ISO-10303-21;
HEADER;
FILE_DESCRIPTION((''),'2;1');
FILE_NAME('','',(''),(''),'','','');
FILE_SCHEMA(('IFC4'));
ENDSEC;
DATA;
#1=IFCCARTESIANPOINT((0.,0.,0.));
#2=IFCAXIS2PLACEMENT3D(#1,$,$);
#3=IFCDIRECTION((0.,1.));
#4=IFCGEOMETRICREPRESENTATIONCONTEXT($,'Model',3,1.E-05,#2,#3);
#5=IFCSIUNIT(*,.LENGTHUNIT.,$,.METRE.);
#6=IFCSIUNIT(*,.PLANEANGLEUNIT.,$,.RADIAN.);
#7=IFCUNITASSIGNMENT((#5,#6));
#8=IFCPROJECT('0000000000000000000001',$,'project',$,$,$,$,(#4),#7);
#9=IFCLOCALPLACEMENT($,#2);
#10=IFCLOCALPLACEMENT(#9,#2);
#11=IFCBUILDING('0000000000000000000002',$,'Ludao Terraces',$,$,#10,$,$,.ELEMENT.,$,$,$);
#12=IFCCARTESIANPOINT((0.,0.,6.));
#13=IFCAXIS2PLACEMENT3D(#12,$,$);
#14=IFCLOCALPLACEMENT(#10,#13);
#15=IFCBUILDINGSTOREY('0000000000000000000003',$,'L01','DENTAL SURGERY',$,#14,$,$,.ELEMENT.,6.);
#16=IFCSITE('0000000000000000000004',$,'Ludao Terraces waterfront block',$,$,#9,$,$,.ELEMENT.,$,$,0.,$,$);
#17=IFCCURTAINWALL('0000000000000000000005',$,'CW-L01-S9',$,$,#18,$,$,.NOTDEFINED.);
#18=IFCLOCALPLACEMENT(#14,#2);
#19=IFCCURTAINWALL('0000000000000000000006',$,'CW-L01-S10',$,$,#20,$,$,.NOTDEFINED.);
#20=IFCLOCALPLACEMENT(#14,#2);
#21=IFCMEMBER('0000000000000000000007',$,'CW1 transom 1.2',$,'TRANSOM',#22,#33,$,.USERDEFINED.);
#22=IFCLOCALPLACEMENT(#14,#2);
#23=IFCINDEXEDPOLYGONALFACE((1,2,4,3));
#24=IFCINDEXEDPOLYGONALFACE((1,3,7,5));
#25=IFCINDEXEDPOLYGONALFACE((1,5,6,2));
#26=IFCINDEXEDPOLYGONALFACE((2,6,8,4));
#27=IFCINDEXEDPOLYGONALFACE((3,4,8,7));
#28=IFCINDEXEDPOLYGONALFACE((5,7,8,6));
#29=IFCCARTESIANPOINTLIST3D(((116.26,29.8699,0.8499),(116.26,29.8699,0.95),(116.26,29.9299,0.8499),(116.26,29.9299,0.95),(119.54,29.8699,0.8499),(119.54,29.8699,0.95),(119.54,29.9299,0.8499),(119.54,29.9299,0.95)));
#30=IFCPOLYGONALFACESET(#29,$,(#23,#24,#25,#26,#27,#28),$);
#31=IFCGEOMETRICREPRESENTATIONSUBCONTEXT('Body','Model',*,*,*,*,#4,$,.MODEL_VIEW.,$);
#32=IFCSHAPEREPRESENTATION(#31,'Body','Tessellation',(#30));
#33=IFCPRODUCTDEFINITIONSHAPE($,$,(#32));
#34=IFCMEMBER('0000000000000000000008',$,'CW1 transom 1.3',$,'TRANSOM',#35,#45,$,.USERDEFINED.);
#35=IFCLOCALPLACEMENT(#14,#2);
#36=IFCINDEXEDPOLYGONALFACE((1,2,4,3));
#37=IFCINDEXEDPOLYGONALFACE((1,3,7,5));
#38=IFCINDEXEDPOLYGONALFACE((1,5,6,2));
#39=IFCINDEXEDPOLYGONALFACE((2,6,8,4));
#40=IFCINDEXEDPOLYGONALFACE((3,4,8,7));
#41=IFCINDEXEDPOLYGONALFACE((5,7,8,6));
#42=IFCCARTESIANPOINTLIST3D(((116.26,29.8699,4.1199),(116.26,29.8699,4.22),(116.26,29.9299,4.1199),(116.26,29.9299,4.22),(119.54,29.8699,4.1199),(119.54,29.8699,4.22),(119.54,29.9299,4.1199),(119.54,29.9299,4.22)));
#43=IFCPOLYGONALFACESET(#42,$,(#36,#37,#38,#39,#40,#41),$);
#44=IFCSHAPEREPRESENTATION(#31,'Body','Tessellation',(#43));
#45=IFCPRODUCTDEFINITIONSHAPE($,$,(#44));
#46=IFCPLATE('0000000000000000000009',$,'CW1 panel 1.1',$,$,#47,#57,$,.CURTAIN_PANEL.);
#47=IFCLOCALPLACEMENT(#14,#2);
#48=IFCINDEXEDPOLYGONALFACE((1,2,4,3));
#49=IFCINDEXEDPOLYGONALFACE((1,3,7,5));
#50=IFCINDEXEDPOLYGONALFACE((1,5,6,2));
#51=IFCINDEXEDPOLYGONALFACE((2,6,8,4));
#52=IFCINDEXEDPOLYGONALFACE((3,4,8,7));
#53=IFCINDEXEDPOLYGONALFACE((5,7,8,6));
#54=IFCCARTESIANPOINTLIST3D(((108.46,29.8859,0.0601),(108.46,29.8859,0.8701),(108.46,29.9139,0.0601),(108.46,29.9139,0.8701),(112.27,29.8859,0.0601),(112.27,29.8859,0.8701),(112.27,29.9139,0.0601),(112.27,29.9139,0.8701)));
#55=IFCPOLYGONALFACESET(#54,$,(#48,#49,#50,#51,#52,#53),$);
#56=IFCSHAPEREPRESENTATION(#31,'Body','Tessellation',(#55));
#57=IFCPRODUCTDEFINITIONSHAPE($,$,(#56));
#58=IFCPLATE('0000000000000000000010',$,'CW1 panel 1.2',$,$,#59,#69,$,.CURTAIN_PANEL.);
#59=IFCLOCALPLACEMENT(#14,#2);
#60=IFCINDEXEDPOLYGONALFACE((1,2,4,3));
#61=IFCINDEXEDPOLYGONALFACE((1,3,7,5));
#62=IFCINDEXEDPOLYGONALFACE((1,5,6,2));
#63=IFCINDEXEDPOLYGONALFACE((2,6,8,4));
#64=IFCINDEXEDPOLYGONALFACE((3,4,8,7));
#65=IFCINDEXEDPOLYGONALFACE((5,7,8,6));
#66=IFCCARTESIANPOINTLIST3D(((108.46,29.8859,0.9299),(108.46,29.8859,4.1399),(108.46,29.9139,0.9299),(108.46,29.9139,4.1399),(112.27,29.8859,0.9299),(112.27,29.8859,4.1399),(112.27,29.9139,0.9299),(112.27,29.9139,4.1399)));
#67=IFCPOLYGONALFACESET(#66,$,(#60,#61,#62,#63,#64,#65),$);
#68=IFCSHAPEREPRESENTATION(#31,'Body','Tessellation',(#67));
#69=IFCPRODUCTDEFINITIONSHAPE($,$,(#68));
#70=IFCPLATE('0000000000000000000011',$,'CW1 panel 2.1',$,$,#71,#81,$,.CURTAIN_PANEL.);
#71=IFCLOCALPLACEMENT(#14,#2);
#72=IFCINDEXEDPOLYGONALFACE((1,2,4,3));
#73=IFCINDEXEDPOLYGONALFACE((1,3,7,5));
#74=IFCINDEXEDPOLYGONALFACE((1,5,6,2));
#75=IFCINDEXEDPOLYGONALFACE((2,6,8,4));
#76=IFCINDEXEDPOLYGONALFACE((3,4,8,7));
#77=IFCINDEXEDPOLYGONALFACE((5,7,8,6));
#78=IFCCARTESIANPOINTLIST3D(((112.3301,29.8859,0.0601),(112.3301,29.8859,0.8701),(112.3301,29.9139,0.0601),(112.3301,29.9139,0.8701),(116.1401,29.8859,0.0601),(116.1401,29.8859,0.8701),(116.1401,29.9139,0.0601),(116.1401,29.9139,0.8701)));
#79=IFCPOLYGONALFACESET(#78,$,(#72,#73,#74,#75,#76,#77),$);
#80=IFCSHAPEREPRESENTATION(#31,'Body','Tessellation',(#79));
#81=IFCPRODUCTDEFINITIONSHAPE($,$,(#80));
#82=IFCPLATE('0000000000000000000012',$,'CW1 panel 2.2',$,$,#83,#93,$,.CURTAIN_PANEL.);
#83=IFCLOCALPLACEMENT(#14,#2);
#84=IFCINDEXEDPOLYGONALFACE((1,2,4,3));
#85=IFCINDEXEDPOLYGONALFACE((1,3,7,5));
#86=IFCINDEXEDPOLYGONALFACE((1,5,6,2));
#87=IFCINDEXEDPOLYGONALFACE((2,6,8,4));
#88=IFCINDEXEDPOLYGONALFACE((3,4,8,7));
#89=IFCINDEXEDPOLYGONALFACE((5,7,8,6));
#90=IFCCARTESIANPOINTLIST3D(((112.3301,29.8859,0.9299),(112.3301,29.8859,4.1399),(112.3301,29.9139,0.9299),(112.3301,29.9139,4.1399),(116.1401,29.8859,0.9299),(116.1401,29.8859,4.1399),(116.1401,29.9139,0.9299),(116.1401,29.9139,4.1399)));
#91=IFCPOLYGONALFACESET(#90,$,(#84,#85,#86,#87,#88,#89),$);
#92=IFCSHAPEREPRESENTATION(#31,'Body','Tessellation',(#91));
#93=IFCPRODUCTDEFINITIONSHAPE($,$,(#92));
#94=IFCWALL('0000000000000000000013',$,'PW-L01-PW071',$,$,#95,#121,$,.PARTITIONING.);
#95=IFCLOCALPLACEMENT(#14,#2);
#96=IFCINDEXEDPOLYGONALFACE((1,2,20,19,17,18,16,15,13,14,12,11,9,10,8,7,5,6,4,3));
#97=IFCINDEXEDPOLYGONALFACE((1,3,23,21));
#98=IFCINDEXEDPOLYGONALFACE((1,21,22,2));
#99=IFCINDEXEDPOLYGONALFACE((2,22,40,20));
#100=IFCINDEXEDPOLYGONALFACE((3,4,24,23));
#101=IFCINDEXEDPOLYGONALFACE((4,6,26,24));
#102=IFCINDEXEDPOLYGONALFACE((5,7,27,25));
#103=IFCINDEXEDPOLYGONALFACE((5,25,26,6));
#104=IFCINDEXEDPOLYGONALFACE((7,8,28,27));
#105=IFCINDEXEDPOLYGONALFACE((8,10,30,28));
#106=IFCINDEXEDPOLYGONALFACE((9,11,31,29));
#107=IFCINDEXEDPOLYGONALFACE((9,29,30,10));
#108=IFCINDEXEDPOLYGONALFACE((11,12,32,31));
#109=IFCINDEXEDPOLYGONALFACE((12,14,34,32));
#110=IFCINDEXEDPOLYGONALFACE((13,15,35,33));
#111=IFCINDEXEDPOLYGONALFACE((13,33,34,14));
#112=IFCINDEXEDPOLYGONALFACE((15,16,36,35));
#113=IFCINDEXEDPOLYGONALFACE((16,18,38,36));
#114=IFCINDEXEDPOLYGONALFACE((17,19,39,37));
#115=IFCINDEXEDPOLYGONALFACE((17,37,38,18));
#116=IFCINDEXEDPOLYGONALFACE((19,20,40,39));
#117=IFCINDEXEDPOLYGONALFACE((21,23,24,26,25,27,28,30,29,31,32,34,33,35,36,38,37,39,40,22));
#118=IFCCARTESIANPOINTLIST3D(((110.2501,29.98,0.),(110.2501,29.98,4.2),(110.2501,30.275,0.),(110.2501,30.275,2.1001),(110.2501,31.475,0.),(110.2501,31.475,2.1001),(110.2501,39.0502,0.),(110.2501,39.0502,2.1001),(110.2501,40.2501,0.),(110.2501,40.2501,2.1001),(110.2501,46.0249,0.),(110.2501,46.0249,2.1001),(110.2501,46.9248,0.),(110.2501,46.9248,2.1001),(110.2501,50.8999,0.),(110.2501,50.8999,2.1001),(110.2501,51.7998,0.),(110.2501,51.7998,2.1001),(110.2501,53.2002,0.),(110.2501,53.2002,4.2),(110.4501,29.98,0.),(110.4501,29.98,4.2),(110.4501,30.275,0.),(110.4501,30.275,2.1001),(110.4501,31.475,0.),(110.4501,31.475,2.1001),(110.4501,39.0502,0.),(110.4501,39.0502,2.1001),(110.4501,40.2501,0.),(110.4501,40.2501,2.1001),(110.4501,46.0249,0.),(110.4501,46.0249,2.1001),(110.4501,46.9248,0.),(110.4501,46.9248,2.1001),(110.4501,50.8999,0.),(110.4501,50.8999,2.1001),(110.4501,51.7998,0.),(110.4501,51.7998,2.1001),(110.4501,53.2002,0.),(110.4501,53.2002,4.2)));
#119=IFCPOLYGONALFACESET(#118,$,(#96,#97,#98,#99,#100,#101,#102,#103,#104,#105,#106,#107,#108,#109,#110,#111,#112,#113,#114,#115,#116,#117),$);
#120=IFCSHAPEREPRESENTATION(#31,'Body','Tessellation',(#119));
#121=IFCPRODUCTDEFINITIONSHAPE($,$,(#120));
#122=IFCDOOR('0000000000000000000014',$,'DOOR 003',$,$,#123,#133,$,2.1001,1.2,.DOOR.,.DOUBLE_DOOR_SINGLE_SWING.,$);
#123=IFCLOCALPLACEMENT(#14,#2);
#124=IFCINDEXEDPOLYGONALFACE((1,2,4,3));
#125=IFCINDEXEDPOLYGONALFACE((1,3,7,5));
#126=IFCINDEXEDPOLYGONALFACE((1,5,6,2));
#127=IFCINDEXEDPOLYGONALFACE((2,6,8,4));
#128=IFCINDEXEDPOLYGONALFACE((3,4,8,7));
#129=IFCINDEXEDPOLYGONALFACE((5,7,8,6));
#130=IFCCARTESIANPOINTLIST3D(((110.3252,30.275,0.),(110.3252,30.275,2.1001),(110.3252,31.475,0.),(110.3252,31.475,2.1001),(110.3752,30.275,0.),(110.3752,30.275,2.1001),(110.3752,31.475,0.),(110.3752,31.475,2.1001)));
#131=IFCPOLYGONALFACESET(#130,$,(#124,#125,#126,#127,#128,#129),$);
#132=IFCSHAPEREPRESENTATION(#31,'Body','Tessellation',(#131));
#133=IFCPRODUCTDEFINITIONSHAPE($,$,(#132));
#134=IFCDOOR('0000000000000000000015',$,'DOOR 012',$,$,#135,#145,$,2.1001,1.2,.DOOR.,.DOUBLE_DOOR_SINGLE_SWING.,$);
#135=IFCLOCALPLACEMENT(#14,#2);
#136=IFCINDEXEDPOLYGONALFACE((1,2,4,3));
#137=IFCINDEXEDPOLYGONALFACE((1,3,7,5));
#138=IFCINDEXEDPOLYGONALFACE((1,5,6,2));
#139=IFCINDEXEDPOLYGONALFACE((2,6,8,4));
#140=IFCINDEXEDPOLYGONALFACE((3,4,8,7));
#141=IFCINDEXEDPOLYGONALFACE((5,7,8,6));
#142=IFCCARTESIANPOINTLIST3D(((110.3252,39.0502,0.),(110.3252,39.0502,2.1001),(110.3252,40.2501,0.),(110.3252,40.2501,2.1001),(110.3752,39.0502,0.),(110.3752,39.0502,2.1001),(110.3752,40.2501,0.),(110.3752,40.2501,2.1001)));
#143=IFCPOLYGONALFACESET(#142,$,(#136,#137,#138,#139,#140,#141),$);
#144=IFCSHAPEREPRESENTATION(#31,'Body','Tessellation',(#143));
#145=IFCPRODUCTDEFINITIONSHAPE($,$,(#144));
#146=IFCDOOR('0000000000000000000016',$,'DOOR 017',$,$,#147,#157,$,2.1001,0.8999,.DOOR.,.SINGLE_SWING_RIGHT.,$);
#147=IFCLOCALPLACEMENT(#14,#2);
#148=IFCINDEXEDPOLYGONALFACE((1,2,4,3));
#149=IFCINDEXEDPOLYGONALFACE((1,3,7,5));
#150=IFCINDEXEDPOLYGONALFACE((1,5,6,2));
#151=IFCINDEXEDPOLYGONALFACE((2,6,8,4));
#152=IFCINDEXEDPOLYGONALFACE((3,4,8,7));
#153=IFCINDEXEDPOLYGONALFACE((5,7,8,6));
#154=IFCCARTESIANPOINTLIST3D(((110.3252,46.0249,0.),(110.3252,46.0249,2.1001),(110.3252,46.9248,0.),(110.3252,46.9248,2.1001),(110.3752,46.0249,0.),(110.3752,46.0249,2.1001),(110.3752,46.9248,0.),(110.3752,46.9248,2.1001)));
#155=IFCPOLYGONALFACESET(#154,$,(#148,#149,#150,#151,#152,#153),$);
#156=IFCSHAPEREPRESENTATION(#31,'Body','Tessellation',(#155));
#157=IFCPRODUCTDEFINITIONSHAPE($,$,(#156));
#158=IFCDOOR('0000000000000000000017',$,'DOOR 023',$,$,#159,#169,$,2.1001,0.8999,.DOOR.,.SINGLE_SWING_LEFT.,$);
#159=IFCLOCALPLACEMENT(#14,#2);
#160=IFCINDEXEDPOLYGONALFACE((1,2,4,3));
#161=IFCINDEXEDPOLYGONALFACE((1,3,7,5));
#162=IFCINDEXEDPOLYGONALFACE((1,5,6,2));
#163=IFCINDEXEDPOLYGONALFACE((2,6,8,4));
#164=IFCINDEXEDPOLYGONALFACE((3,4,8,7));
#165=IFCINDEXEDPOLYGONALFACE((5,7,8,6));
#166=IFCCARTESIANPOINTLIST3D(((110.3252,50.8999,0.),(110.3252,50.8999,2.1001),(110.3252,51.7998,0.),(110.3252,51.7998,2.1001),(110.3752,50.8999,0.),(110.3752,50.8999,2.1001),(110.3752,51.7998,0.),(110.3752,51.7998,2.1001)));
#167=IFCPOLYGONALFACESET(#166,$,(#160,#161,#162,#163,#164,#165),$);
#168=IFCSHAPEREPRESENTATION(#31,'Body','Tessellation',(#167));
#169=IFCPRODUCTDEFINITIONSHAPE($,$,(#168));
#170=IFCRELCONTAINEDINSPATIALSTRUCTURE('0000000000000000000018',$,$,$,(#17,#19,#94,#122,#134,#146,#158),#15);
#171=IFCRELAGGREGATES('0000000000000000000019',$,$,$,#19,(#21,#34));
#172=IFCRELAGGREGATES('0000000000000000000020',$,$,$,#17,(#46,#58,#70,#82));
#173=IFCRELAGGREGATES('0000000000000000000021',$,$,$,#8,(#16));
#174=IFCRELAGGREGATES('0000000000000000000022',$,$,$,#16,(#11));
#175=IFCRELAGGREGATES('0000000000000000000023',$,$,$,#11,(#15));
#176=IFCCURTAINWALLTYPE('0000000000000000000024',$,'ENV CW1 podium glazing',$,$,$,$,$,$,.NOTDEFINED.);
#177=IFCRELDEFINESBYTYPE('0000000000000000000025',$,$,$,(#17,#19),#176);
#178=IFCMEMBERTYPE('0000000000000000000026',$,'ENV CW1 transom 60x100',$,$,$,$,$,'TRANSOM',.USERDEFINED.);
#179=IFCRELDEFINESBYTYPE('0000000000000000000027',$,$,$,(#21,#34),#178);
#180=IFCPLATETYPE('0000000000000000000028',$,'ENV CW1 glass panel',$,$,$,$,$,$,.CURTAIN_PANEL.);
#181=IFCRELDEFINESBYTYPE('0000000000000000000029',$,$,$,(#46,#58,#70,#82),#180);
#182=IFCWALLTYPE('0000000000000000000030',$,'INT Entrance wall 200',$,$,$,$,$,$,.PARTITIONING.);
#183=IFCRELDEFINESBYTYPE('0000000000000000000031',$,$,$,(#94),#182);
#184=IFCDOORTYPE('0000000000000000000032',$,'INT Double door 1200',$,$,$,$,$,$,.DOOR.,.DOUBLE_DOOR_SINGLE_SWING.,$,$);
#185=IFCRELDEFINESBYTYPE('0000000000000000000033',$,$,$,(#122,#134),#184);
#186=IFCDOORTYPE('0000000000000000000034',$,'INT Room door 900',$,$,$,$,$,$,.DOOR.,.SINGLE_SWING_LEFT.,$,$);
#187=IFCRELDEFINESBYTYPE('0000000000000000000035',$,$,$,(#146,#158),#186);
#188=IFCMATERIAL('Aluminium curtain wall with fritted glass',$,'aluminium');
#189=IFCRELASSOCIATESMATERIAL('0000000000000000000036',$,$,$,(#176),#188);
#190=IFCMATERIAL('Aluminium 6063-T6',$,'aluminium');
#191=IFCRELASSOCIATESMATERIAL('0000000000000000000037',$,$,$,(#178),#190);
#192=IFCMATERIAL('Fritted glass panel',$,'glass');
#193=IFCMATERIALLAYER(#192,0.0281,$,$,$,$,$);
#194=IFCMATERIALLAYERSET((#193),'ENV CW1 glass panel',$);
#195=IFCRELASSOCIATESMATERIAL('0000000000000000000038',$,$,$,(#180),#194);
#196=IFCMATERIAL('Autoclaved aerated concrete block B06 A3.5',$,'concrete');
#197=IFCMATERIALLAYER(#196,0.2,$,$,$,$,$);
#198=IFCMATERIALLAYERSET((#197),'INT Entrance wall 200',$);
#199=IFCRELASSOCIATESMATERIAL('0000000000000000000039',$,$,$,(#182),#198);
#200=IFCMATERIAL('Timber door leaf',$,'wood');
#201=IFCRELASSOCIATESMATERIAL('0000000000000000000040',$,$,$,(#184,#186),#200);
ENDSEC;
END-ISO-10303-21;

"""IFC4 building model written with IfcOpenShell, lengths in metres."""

from ifc_helpers import new_model, si_unit, direction, frame, frame_2d, origin, origin_2d, place, context, subcontext, project, spatial, rectangle, extrude, material, layer, layer_set, material_profile, profile_set, type_object, element, fill, aggregate, save


model = new_model("IFC4")

# Units and contexts
model_context = context("Model", 3, precision=1e-05, world=origin(), true_north=direction((0.0, 1.0)))
body_context = subcontext(model_context, "Body", "Model", "MODEL_VIEW")
ifc_project = project(units=[si_unit("LENGTHUNIT", "METRE"), si_unit("PLANEANGLEUNIT", "RADIAN")], contexts=[model_context])

# Site, building, storey
site_placement = place(None, origin())
site = spatial("IfcSite", under=ifc_project, at=site_placement, Name="Ludao Terraces waterfront block", CompositionType="ELEMENT", RefElevation=0.0)
building_placement = place(site_placement, origin())
building = spatial("IfcBuilding", under=site, at=building_placement, Name="Ludao Terraces", CompositionType="ELEMENT")
storey_placement = place(building_placement, frame((0.0, 0.0, 6.0)))
storey = spatial("IfcBuildingStorey", under=building, at=storey_placement, Name="L01", Description="DENTAL SURGERY", CompositionType="ELEMENT", Elevation=6.0)

# Curtain wall
ifc_material_1 = material(Name="Aluminium curtain wall with fritted glass", Category="aluminium")
curtain_wall_type = type_object("IfcCurtainWallType", Name="ENV CW1 podium glazing", PredefinedType="NOTDEFINED", material=ifc_material_1)
curtain_wall_1_placement = place(storey_placement, origin())
curtain_wall_1 = element("IfcCurtainWall", 1, at=curtain_wall_1_placement, inside=storey, type_object=curtain_wall_type, Name="CW-L01-S9", PredefinedType="NOTDEFINED")
ifc_material_2 = material(Name="Aluminium 6063-T6", Category="aluminium")

# Curtain wall
curtain_wall_2_placement = place(storey_placement, origin())
curtain_wall_2 = element("IfcCurtainWall", 2, at=curtain_wall_2_placement, inside=storey, type_object=curtain_wall_type, Name="CW-L01-S10", PredefinedType="NOTDEFINED")

# Members
ifc_material_profile_1 = material_profile(ifc_material_2, rectangle(XDim=0.0601, YDim=0.1001, at=origin_2d()), Name="60 X 100")
ifc_profile_set_1 = profile_set([ifc_material_profile_1], Name="Aluminium 6063-T6")
member_type_1 = type_object("IfcMemberType", Name="ENV CW1 transom 60x100", ElementType="TRANSOM", PredefinedType="USERDEFINED", material=ifc_profile_set_1)
member_1_placement = place(storey_placement, frame((116.26, 29.8999, 0.8999), z_axis=(1.0, 0.0, 0.0), x_axis=(0.0, 1.0, 0.0)))
member_1 = element("IfcMember", 3, at=member_1_placement, type_object=member_type_1, Name="CW1 transom 1.2", ObjectType="TRANSOM", PredefinedType="USERDEFINED", context=body_context, shape_type="SweptSolid", body=[
    extrude(rectangle(XDim=0.0601, YDim=0.1001, at=origin_2d()), origin(), (0.0, 0.0, 1.0), 3.28),
])
member_2_placement = place(storey_placement, frame((116.26, 29.8999, 4.1699), z_axis=(1.0, 0.0, 0.0), x_axis=(0.0, 1.0, 0.0)))
member_2 = element("IfcMember", 4, at=member_2_placement, type_object=member_type_1, Name="CW1 transom 1.3", ObjectType="TRANSOM", PredefinedType="USERDEFINED", context=body_context, shape_type="SweptSolid", body=[
    extrude(rectangle(XDim=0.0601, YDim=0.1001, at=origin_2d()), origin(), (0.0, 0.0, 1.0), 3.28),
])
aggregate(curtain_wall_2, [member_1, member_2])

# Plates
ifc_material_3 = material(Name="Fritted glass panel", Category="glass")
ifc_layer_1 = layer(ifc_material_3, 0.0281)
ifc_layer_set_1 = layer_set([ifc_layer_1], Name="ENV CW1 glass panel")
plate_type = type_object("IfcPlateType", Name="ENV CW1 glass panel", PredefinedType="CURTAIN_PANEL", material=ifc_layer_set_1)
plate_1_placement = place(storey_placement, frame((110.365, 29.8999, 0.0601), z_axis=(0.0, 0.0, 1.0), x_axis=(1.0, 0.0, 0.0)))
plate_1 = element("IfcPlate", 5, at=plate_1_placement, type_object=plate_type, Name="CW1 panel 1.1", PredefinedType="CURTAIN_PANEL", context=body_context, shape_type="SweptSolid", body=[
    extrude(rectangle(XDim=3.8101, YDim=0.0281, at=origin_2d()), origin(), (0.0, 0.0, 1.0), 0.8101),
])
plate_2_placement = place(storey_placement, frame((110.365, 29.8999, 0.9299), z_axis=(0.0, 0.0, 1.0), x_axis=(1.0, 0.0, 0.0)))
plate_2 = element("IfcPlate", 6, at=plate_2_placement, type_object=plate_type, Name="CW1 panel 1.2", PredefinedType="CURTAIN_PANEL", context=body_context, shape_type="SweptSolid", body=[
    extrude(rectangle(XDim=3.8101, YDim=0.0281, at=origin_2d()), origin(), (0.0, 0.0, 1.0), 3.21),
])
plate_3_placement = place(storey_placement, frame((114.2351, 29.8999, 0.0601), z_axis=(0.0, 0.0, 1.0), x_axis=(1.0, 0.0, 0.0)))
plate_3 = element("IfcPlate", 7, at=plate_3_placement, type_object=plate_type, Name="CW1 panel 2.1", PredefinedType="CURTAIN_PANEL", context=body_context, shape_type="SweptSolid", body=[
    extrude(rectangle(XDim=3.8101, YDim=0.0281, at=origin_2d()), origin(), (0.0, 0.0, 1.0), 0.8101),
])
plate_4_placement = place(storey_placement, frame((114.2351, 29.8999, 0.9299), z_axis=(0.0, 0.0, 1.0), x_axis=(1.0, 0.0, 0.0)))
plate_4 = element("IfcPlate", 8, at=plate_4_placement, type_object=plate_type, Name="CW1 panel 2.2", PredefinedType="CURTAIN_PANEL", context=body_context, shape_type="SweptSolid", body=[
    extrude(rectangle(XDim=3.8101, YDim=0.0281, at=origin_2d()), origin(), (0.0, 0.0, 1.0), 3.21),
])
aggregate(curtain_wall_1, [plate_1, plate_2, plate_3, plate_4])

# Wall, openings, doors
ifc_material_4 = material(Name="Autoclaved aerated concrete block B06 A3.5", Category="concrete")
ifc_layer_2 = layer(ifc_material_4, 0.2)
ifc_layer_set_2 = layer_set([ifc_layer_2], Name="INT Entrance wall 200")
wall_type_1 = type_object("IfcWallType", Name="INT Entrance wall 200", PredefinedType="PARTITIONING", material=ifc_layer_set_2)
wall_1_placement = place(storey_placement, frame((110.3501, 29.98, 0.0), z_axis=(0.0, 0.0, 1.0), x_axis=(0.0, 1.0, 0.0)))
wall_1 = element("IfcWall", 9, at=wall_1_placement, inside=storey, type_object=wall_type_1, Name="PW-L01-PW071", PredefinedType="PARTITIONING", context=body_context, shape_type="SweptSolid", body=[
    extrude(rectangle(XDim=23.2202, YDim=0.2, at=frame_2d((11.6101, 0.0))), origin(), (0.0, 0.0, 1.0), 4.2),
])
opening_1_placement = place(wall_1_placement, frame((0.2949, 0.0, 0.0)))
opening_1 = element("IfcOpeningElement", 10, at=opening_1_placement, cuts=wall_1, PredefinedType="OPENING", context=body_context, shape_type="SweptSolid", body=[
    extrude(rectangle(XDim=1.2, YDim=2.1001, at=frame_2d((0.6001, 1.05))), frame((0.0, 0.1099, 0.0), z_axis=(0.0, -1.0, 0.0), x_axis=(1.0, 0.0, 0.0)), (0.0, 0.0, 1.0), 0.22),
])
opening_2_placement = place(wall_1_placement, frame((9.0701, 0.0, 0.0)))
opening_2 = element("IfcOpeningElement", 11, at=opening_2_placement, cuts=wall_1, PredefinedType="OPENING", context=body_context, shape_type="SweptSolid", body=[
    extrude(rectangle(XDim=1.2, YDim=2.1001, at=frame_2d((0.6001, 1.05))), frame((0.0, 0.1099, 0.0), z_axis=(0.0, -1.0, 0.0), x_axis=(1.0, 0.0, 0.0)), (0.0, 0.0, 1.0), 0.22),
])
opening_3_placement = place(wall_1_placement, frame((16.0449, 0.0, 0.0)))
opening_3 = element("IfcOpeningElement", 12, at=opening_3_placement, cuts=wall_1, PredefinedType="OPENING", context=body_context, shape_type="SweptSolid", body=[
    extrude(rectangle(XDim=0.8999, YDim=2.1001, at=frame_2d((0.45, 1.05))), frame((0.0, 0.1099, 0.0), z_axis=(0.0, -1.0, 0.0), x_axis=(1.0, 0.0, 0.0)), (0.0, 0.0, 1.0), 0.22),
])
opening_4_placement = place(wall_1_placement, frame((20.9199, 0.0, 0.0)))
opening_4 = element("IfcOpeningElement", 13, at=opening_4_placement, cuts=wall_1, PredefinedType="OPENING", context=body_context, shape_type="SweptSolid", body=[
    extrude(rectangle(XDim=0.8999, YDim=2.1001, at=frame_2d((0.45, 1.05))), frame((0.0, 0.1099, 0.0), z_axis=(0.0, -1.0, 0.0), x_axis=(1.0, 0.0, 0.0)), (0.0, 0.0, 1.0), 0.22),
])
ifc_material_5 = material(Name="Timber door leaf", Category="wood")
door_type_1 = type_object("IfcDoorType", Name="INT Double door 1200", OperationType="DOUBLE_DOOR_SINGLE_SWING", PredefinedType="DOOR", material=ifc_material_5)
door_1_placement = place(opening_1_placement, origin())
door_1 = element("IfcDoor", 14, at=door_1_placement, inside=storey, type_object=door_type_1, Name="DOOR 003", OperationType="DOUBLE_DOOR_SINGLE_SWING", OverallHeight=2.1001, OverallWidth=1.2, PredefinedType="DOOR", context=body_context, shape_type="SweptSolid", body=[
    extrude(rectangle(XDim=1.2, YDim=2.1001, at=frame_2d((0.6001, 1.05))), frame((0.0, 0.0249, 0.0), z_axis=(0.0, -1.0, 0.0), x_axis=(1.0, 0.0, 0.0)), (0.0, 0.0, 1.0), 0.05),
])
fill(opening_1, door_1)
door_2_placement = place(opening_2_placement, origin())
door_2 = element("IfcDoor", 15, at=door_2_placement, inside=storey, type_object=door_type_1, Name="DOOR 012", OperationType="DOUBLE_DOOR_SINGLE_SWING", OverallHeight=2.1001, OverallWidth=1.2, PredefinedType="DOOR", context=body_context, shape_type="SweptSolid", body=[
    extrude(rectangle(XDim=1.2, YDim=2.1001, at=frame_2d((0.6001, 1.05))), frame((0.0, 0.0249, 0.0), z_axis=(0.0, -1.0, 0.0), x_axis=(1.0, 0.0, 0.0)), (0.0, 0.0, 1.0), 0.05),
])
fill(opening_2, door_2)
door_type_2 = type_object("IfcDoorType", Name="INT Room door 900", OperationType="SINGLE_SWING_LEFT", PredefinedType="DOOR", material=ifc_material_5)
door_3_placement = place(opening_3_placement, origin())
door_3 = element("IfcDoor", 16, at=door_3_placement, inside=storey, type_object=door_type_2, Name="DOOR 017", OperationType="SINGLE_SWING_RIGHT", OverallHeight=2.1001, OverallWidth=0.8999, PredefinedType="DOOR", context=body_context, shape_type="SweptSolid", body=[
    extrude(rectangle(XDim=0.8999, YDim=2.1001, at=frame_2d((0.45, 1.05))), frame((0.0, 0.0249, 0.0), z_axis=(0.0, -1.0, 0.0), x_axis=(1.0, 0.0, 0.0)), (0.0, 0.0, 1.0), 0.05),
])
fill(opening_3, door_3)
door_4_placement = place(opening_4_placement, origin())
door_4 = element("IfcDoor", 17, at=door_4_placement, inside=storey, type_object=door_type_2, Name="DOOR 023", OperationType="SINGLE_SWING_LEFT", OverallHeight=2.1001, OverallWidth=0.8999, PredefinedType="DOOR", context=body_context, shape_type="SweptSolid", body=[
    extrude(rectangle(XDim=0.8999, YDim=2.1001, at=frame_2d((0.45, 1.05))), frame((0.0, 0.0249, 0.0), z_axis=(0.0, -1.0, 0.0), x_axis=(1.0, 0.0, 0.0)), (0.0, 0.0, 1.0), 0.05),
])
fill(opening_4, door_4)

save(model, "model.ifc")
